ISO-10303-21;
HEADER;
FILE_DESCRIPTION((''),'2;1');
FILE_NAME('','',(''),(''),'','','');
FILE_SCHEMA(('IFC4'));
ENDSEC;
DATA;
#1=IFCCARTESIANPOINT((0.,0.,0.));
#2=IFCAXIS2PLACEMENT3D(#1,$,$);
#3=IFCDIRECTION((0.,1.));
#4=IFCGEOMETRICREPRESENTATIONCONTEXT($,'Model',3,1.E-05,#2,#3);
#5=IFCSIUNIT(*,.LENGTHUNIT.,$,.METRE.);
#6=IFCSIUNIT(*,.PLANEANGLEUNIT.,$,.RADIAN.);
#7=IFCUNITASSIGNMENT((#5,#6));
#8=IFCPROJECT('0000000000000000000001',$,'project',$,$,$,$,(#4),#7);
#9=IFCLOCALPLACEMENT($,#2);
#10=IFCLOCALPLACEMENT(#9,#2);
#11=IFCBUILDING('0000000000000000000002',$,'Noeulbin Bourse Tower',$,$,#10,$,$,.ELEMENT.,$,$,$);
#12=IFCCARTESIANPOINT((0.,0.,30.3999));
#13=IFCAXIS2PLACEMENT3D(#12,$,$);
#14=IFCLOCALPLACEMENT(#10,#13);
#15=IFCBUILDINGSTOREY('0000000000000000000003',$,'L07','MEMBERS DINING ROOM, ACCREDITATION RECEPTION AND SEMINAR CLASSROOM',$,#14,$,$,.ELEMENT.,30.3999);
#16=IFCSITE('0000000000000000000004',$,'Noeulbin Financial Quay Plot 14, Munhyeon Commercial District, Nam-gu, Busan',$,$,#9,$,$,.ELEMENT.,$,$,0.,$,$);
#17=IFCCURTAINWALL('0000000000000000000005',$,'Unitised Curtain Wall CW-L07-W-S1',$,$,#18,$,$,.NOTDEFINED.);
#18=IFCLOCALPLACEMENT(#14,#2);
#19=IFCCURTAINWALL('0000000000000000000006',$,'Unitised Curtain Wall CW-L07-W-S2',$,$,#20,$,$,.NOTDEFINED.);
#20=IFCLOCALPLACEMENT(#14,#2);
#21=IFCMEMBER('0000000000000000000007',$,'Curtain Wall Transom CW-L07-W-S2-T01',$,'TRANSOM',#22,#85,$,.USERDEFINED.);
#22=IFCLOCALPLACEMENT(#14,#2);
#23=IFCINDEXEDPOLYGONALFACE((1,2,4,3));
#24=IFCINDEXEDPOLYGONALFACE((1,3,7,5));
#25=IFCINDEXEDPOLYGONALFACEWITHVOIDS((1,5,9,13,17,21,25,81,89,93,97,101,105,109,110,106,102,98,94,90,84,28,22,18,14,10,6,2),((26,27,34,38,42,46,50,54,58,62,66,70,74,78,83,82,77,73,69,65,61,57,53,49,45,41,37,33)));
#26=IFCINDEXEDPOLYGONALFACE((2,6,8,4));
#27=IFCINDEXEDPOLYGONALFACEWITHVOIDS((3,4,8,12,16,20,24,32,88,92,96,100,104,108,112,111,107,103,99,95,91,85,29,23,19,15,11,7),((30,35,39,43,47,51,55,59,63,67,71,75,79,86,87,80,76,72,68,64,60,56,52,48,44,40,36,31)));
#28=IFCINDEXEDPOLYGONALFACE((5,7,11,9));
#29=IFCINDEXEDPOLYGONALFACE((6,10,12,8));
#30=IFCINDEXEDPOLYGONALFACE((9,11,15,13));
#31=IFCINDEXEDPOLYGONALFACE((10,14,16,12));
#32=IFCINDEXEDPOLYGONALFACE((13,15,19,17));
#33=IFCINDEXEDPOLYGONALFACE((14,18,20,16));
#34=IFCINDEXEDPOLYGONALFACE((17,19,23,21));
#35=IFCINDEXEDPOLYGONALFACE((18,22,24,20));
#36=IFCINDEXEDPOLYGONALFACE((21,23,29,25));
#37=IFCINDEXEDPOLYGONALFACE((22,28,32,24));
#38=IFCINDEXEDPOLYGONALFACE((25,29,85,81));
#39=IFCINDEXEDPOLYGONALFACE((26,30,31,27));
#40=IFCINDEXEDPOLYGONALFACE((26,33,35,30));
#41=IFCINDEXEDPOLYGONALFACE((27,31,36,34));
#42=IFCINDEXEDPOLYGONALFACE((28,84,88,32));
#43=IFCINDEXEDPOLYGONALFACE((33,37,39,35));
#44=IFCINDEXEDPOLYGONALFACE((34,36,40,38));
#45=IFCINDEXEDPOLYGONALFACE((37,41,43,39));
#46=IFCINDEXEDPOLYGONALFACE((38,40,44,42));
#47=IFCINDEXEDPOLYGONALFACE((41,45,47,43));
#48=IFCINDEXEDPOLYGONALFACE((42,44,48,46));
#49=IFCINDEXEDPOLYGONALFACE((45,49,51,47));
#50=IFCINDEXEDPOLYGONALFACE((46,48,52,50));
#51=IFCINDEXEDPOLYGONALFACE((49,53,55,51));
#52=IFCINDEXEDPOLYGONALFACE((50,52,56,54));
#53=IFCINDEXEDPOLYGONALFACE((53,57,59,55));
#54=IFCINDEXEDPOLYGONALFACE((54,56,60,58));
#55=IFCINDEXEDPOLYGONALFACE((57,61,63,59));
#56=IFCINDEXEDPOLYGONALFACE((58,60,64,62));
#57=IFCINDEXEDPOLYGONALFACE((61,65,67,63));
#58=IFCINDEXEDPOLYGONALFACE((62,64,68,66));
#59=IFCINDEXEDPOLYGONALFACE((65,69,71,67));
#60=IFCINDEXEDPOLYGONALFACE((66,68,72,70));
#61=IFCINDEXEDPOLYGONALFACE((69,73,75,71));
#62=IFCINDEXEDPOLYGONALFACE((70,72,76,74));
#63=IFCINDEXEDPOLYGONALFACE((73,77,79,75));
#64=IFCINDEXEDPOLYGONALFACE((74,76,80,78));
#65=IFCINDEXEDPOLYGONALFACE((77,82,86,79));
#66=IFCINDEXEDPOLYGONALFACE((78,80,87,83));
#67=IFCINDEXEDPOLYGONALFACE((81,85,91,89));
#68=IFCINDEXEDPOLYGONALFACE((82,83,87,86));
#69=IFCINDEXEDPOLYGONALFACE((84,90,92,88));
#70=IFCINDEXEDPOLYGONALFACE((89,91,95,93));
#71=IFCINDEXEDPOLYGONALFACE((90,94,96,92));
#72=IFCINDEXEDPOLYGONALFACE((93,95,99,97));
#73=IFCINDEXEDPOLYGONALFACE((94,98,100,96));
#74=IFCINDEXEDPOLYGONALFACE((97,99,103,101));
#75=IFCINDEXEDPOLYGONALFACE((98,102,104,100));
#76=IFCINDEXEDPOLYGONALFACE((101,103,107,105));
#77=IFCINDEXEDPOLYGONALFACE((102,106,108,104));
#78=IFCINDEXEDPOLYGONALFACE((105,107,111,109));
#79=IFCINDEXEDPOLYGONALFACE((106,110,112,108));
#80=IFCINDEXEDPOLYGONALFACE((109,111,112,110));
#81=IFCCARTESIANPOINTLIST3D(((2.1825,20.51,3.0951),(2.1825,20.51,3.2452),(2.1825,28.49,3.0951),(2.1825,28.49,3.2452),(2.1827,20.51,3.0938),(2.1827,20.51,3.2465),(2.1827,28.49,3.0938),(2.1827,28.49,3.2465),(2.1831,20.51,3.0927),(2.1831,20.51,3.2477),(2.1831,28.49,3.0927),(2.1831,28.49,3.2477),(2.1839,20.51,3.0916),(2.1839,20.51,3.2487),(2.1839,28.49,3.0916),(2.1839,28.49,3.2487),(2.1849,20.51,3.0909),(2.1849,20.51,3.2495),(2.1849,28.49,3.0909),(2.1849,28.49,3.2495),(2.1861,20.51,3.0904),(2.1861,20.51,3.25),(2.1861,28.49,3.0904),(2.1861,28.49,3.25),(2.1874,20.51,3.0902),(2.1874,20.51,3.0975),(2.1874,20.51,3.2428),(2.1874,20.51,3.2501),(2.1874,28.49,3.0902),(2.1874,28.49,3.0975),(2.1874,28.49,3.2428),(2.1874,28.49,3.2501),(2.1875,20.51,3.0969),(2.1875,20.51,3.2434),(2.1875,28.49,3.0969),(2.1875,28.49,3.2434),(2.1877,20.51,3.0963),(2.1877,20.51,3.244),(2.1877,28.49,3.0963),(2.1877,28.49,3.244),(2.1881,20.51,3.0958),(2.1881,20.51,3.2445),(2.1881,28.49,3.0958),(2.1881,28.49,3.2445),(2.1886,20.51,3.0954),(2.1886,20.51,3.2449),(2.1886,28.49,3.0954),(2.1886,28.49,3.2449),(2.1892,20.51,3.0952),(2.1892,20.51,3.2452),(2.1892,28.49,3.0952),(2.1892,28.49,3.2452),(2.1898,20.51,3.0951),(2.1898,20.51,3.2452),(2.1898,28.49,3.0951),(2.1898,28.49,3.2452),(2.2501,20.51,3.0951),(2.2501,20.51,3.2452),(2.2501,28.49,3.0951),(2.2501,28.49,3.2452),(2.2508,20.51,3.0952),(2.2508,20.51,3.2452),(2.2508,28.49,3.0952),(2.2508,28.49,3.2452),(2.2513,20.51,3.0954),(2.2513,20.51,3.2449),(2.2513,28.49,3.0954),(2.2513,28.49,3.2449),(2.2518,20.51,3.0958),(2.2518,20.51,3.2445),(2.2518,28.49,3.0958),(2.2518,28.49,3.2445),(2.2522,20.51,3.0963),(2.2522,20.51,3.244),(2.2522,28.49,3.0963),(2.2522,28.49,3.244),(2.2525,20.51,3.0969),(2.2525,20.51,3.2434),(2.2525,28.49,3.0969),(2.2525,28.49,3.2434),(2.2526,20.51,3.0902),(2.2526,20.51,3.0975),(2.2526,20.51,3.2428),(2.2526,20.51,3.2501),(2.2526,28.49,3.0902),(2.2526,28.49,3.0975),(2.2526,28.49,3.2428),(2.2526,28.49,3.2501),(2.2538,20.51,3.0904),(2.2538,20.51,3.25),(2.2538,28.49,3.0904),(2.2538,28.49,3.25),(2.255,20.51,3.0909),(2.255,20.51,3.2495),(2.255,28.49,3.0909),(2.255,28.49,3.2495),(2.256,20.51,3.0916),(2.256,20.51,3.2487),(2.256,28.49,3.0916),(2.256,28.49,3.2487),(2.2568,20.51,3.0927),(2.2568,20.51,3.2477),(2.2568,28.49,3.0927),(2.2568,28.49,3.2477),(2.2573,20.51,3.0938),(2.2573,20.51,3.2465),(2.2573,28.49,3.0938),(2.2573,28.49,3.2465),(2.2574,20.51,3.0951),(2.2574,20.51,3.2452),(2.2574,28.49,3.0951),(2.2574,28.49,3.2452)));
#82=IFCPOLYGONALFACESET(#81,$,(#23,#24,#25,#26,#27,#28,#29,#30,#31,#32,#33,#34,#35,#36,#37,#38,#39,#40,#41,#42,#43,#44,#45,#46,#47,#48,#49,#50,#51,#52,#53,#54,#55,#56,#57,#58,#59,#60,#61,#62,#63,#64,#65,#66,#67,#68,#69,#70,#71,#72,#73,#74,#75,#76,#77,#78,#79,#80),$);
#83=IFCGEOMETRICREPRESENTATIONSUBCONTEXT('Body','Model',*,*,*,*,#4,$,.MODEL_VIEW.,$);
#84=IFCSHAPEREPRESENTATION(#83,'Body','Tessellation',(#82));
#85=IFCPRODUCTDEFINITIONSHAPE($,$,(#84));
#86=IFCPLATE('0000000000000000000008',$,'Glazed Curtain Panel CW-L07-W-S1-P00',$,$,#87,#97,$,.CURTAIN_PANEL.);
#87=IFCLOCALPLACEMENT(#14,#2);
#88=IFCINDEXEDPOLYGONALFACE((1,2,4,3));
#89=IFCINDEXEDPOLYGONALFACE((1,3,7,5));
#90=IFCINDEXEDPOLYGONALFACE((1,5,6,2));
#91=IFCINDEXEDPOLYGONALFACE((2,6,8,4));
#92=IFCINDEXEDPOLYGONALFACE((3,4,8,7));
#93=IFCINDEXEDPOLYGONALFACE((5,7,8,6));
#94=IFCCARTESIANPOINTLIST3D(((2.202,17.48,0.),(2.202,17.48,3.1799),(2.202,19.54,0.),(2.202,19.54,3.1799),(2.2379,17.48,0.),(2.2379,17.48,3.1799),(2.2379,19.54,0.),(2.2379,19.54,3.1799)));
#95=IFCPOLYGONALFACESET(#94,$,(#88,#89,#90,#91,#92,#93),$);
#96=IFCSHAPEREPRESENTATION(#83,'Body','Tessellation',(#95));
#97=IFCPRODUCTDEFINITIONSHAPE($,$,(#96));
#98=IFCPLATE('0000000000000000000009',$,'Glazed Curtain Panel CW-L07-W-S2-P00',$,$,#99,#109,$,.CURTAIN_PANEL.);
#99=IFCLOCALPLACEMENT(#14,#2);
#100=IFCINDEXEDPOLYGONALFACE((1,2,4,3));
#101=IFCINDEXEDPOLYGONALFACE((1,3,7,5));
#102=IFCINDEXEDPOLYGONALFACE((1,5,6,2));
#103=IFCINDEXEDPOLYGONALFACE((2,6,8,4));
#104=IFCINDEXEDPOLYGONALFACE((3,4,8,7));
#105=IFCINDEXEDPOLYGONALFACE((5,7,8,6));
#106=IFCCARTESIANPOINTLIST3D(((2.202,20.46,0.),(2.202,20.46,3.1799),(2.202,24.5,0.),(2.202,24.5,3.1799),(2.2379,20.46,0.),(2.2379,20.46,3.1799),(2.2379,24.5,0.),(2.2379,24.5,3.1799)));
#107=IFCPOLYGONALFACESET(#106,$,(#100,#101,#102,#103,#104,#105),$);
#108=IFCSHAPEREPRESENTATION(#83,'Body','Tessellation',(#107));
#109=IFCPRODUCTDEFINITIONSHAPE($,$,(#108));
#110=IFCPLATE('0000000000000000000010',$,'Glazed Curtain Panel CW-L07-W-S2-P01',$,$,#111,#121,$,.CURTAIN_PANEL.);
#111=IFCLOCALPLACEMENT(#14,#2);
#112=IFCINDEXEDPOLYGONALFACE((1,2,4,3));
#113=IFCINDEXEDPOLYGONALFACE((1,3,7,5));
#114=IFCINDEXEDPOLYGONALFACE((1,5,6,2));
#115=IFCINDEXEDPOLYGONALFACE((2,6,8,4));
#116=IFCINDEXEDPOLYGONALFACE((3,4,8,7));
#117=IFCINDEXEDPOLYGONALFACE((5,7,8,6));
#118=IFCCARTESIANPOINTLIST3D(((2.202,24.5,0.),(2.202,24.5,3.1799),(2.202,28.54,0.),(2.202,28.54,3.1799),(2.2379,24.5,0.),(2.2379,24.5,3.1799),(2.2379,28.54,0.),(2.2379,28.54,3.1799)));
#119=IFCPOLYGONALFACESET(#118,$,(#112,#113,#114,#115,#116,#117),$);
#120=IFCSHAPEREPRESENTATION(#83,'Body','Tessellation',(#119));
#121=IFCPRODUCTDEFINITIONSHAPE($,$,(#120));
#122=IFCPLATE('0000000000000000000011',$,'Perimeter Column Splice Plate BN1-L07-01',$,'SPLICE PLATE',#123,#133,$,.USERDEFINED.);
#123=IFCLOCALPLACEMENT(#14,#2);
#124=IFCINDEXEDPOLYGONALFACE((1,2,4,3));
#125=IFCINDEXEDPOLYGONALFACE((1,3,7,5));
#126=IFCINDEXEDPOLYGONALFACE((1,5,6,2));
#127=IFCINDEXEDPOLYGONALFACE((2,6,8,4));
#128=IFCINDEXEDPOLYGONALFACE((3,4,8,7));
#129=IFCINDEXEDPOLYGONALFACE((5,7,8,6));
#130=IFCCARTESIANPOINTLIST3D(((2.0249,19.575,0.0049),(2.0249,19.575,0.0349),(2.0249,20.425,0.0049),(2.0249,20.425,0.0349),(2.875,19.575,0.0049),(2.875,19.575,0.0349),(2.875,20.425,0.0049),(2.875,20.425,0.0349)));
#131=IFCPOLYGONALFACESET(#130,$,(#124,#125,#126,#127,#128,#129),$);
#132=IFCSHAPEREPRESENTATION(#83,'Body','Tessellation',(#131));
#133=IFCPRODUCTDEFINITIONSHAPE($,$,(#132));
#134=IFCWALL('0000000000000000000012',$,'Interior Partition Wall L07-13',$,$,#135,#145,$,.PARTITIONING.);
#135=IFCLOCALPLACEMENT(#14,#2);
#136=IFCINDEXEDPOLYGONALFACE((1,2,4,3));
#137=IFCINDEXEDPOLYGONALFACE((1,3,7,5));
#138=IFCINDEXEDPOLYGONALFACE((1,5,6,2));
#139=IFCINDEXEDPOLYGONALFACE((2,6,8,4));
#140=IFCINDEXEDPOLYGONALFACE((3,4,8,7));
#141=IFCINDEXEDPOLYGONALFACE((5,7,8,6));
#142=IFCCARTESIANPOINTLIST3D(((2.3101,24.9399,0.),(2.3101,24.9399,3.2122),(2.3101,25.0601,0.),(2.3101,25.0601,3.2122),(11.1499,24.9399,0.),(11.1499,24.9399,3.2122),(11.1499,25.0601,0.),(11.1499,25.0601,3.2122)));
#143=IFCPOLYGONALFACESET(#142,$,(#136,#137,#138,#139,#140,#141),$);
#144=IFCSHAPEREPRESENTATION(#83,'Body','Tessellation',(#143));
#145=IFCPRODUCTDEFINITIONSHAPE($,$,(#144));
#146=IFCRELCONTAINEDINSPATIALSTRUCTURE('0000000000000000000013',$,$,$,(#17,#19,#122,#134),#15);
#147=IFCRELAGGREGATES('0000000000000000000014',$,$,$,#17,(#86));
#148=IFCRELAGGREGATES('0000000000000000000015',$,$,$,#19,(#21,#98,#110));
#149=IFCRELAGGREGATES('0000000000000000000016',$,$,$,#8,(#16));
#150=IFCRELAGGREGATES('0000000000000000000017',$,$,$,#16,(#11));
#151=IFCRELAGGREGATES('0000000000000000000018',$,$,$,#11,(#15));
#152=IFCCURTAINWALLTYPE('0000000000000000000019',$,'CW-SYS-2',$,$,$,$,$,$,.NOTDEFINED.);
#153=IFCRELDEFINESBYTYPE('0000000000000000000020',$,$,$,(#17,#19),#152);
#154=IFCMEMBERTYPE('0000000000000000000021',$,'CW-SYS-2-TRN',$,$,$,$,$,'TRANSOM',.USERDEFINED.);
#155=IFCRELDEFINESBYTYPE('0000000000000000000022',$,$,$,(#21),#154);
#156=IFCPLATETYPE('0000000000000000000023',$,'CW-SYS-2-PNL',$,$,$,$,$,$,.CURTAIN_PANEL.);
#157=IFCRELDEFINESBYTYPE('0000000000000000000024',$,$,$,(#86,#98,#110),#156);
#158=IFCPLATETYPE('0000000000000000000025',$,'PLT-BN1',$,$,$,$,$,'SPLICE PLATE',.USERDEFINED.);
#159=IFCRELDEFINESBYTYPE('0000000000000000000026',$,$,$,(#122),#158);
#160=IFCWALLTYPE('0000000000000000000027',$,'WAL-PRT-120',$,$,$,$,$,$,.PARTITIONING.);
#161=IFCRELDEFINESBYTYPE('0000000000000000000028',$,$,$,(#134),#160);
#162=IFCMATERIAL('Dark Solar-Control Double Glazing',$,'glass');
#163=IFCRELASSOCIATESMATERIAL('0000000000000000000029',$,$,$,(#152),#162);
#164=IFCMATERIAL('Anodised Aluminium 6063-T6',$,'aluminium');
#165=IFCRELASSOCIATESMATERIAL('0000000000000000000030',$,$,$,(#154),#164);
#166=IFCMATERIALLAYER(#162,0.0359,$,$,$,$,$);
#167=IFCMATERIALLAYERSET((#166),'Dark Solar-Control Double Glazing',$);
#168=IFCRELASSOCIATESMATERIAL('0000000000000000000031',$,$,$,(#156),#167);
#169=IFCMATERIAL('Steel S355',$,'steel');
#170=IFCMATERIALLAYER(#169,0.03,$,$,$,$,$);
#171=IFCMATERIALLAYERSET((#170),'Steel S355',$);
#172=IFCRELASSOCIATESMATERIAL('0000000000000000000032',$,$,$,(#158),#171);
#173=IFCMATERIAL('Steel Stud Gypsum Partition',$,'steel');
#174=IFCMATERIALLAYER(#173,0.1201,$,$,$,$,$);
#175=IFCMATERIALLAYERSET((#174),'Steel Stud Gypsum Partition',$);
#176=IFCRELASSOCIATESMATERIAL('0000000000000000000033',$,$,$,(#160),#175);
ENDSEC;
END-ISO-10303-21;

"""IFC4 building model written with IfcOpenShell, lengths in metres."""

from ifc_helpers import new_model, si_unit, direction, frame, frame_2d, origin, origin_2d, place, context, subcontext, project, spatial, rectangle, hollow_rectangle, extrude, material, layer, layer_set, material_profile, profile_set, type_object, element, aggregate, save


model = new_model("IFC4")

# Units and contexts
model_context = context("Model", 3, precision=1e-05, world=origin(), true_north=direction((0.0, 1.0)))
body_context = subcontext(model_context, "Body", "Model", "MODEL_VIEW")
ifc_project = project(units=[si_unit("LENGTHUNIT", "METRE"), si_unit("PLANEANGLEUNIT", "RADIAN")], contexts=[model_context])

# Site, building, storey
site_placement = place(None, origin())
site = spatial("IfcSite", under=ifc_project, at=site_placement, Name="Noeulbin Financial Quay Plot 14, Munhyeon Commercial District, Nam-gu, Busan", CompositionType="ELEMENT", RefElevation=0.0)
building_placement = place(site_placement, origin())
building = spatial("IfcBuilding", under=site, at=building_placement, Name="Noeulbin Bourse Tower", CompositionType="ELEMENT")
storey_placement = place(building_placement, frame((0.0, 0.0, 30.3999)))
storey = spatial("IfcBuildingStorey", under=building, at=storey_placement, Name="L07", Description="MEMBERS DINING ROOM, ACCREDITATION RECEPTION AND SEMINAR CLASSROOM", CompositionType="ELEMENT", Elevation=30.3999)

# Shared definitions
ifc_material_1 = material(Name="Steel S355", Category="steel")

# Curtain wall
ifc_material_2 = material(Name="Dark Solar-Control Double Glazing", Category="glass")
curtain_wall_type = type_object("IfcCurtainWallType", Name="CW-SYS-2", PredefinedType="NOTDEFINED", material=ifc_material_2)
curtain_wall_1_placement = place(storey_placement, origin())
curtain_wall_1 = element("IfcCurtainWall", 1, at=curtain_wall_1_placement, inside=storey, type_object=curtain_wall_type, Name="Unitised Curtain Wall CW-L07-W-S1", PredefinedType="NOTDEFINED")
ifc_material_3 = material(Name="Anodised Aluminium 6063-T6", Category="aluminium")

# Curtain wall
curtain_wall_2_placement = place(storey_placement, origin())
curtain_wall_2 = element("IfcCurtainWall", 2, at=curtain_wall_2_placement, inside=storey, type_object=curtain_wall_type, Name="Unitised Curtain Wall CW-L07-W-S2", PredefinedType="NOTDEFINED")

# Member
ifc_material_profile_1 = material_profile(ifc_material_3, hollow_rectangle(XDim=0.075, YDim=0.1599, WallThickness=0.0049, InnerFilletRadius=0.0024, OuterFilletRadius=0.0049, at=origin_2d()), Name="ALU-TRAN-75x160x5", Category="LoadBearing")
ifc_profile_set_1 = profile_set([ifc_material_profile_1], Name="Anodised Aluminium 6063-T6")
member_type_1 = type_object("IfcMemberType", Name="CW-SYS-2-TRN", ElementType="TRANSOM", PredefinedType="USERDEFINED", material=ifc_profile_set_1)
member_1_placement = place(storey_placement, frame((2.22, 20.51, 3.1702), z_axis=(0.0, 1.0, 0.0), x_axis=(-1.0, 0.0, 0.0)))
member_1 = element("IfcMember", 3, at=member_1_placement, type_object=member_type_1, Name="Curtain Wall Transom CW-L07-W-S2-T01", ObjectType="TRANSOM", PredefinedType="USERDEFINED", context=body_context, shape_type="SweptSolid", body=[
    extrude(hollow_rectangle(XDim=0.075, YDim=0.1599, WallThickness=0.0049, InnerFilletRadius=0.0024, OuterFilletRadius=0.0049, at=origin_2d()), origin(), (0.0, 0.0, 1.0), 7.98),
])

# Plates
ifc_layer_1 = layer(ifc_material_2, 0.0359)
ifc_layer_set_1 = layer_set([ifc_layer_1], Name="Dark Solar-Control Double Glazing")
plate_type_1 = type_object("IfcPlateType", Name="CW-SYS-2-PNL", PredefinedType="CURTAIN_PANEL", material=ifc_layer_set_1)
plate_1_placement = place(storey_placement, frame((2.22, 18.51, 0.0), z_axis=(0.0, 0.0, 1.0), x_axis=(0.0, 1.0, 0.0)))
plate_1 = element("IfcPlate", 4, at=plate_1_placement, type_object=plate_type_1, Name="Glazed Curtain Panel CW-L07-W-S1-P00", PredefinedType="CURTAIN_PANEL", context=body_context, shape_type="SweptSolid", body=[
    extrude(rectangle(XDim=2.0601, YDim=0.0359, at=origin_2d()), origin(), (0.0, 0.0, 1.0), 3.1799),
])
aggregate(curtain_wall_1, [plate_1])
plate_2_placement = place(storey_placement, frame((2.22, 22.48, 0.0), z_axis=(0.0, 0.0, 1.0), x_axis=(0.0, 1.0, 0.0)))
plate_2 = element("IfcPlate", 5, at=plate_2_placement, type_object=plate_type_1, Name="Glazed Curtain Panel CW-L07-W-S2-P00", PredefinedType="CURTAIN_PANEL", context=body_context, shape_type="SweptSolid", body=[
    extrude(rectangle(XDim=4.04, YDim=0.0359, at=origin_2d()), origin(), (0.0, 0.0, 1.0), 3.1799),
])
plate_3_placement = place(storey_placement, frame((2.22, 26.52, 0.0), z_axis=(0.0, 0.0, 1.0), x_axis=(0.0, 1.0, 0.0)))
plate_3 = element("IfcPlate", 6, at=plate_3_placement, type_object=plate_type_1, Name="Glazed Curtain Panel CW-L07-W-S2-P01", PredefinedType="CURTAIN_PANEL", context=body_context, shape_type="SweptSolid", body=[
    extrude(rectangle(XDim=4.04, YDim=0.0359, at=origin_2d()), origin(), (0.0, 0.0, 1.0), 3.1799),
])
aggregate(curtain_wall_2, [member_1, plate_2, plate_3])
ifc_layer_2 = layer(ifc_material_1, 0.03)
ifc_layer_set_2 = layer_set([ifc_layer_2], Name="Steel S355")
plate_type_2 = type_object("IfcPlateType", Name="PLT-BN1", ElementType="SPLICE PLATE", PredefinedType="USERDEFINED", material=ifc_layer_set_2)
plate_4_placement = place(storey_placement, frame((2.45, 20.0, 0.0049), z_axis=(0.0, 0.0, 1.0), x_axis=(1.0, 0.0, 0.0)))
element("IfcPlate", 7, at=plate_4_placement, inside=storey, type_object=plate_type_2, Name="Perimeter Column Splice Plate BN1-L07-01", ObjectType="SPLICE PLATE", PredefinedType="USERDEFINED", context=body_context, shape_type="SweptSolid", body=[
    extrude(rectangle(XDim=0.8501, YDim=0.8501, at=origin_2d()), origin(), (0.0, 0.0, 1.0), 0.03),
])

# Wall
ifc_material_4 = material(Name="Steel Stud Gypsum Partition", Category="steel")
ifc_layer_3 = layer(ifc_material_4, 0.1201)
ifc_layer_set_3 = layer_set([ifc_layer_3], Name="Steel Stud Gypsum Partition")
wall_type = type_object("IfcWallType", Name="WAL-PRT-120", PredefinedType="PARTITIONING", material=ifc_layer_set_3)
wall_placement = place(storey_placement, frame((2.3101, 25.0, 0.0), z_axis=(0.0, 0.0, 1.0), x_axis=(1.0, 0.0, 0.0)))
element("IfcWall", 8, at=wall_placement, inside=storey, type_object=wall_type, Name="Interior Partition Wall L07-13", PredefinedType="PARTITIONING", context=body_context, shape_type="SweptSolid", body=[
    extrude(rectangle(XDim=8.8398, YDim=0.1201, at=frame_2d((4.4199, 0.0))), origin(), (0.0, 0.0, 1.0), 3.2122),
])

save(model, "model.ifc")
